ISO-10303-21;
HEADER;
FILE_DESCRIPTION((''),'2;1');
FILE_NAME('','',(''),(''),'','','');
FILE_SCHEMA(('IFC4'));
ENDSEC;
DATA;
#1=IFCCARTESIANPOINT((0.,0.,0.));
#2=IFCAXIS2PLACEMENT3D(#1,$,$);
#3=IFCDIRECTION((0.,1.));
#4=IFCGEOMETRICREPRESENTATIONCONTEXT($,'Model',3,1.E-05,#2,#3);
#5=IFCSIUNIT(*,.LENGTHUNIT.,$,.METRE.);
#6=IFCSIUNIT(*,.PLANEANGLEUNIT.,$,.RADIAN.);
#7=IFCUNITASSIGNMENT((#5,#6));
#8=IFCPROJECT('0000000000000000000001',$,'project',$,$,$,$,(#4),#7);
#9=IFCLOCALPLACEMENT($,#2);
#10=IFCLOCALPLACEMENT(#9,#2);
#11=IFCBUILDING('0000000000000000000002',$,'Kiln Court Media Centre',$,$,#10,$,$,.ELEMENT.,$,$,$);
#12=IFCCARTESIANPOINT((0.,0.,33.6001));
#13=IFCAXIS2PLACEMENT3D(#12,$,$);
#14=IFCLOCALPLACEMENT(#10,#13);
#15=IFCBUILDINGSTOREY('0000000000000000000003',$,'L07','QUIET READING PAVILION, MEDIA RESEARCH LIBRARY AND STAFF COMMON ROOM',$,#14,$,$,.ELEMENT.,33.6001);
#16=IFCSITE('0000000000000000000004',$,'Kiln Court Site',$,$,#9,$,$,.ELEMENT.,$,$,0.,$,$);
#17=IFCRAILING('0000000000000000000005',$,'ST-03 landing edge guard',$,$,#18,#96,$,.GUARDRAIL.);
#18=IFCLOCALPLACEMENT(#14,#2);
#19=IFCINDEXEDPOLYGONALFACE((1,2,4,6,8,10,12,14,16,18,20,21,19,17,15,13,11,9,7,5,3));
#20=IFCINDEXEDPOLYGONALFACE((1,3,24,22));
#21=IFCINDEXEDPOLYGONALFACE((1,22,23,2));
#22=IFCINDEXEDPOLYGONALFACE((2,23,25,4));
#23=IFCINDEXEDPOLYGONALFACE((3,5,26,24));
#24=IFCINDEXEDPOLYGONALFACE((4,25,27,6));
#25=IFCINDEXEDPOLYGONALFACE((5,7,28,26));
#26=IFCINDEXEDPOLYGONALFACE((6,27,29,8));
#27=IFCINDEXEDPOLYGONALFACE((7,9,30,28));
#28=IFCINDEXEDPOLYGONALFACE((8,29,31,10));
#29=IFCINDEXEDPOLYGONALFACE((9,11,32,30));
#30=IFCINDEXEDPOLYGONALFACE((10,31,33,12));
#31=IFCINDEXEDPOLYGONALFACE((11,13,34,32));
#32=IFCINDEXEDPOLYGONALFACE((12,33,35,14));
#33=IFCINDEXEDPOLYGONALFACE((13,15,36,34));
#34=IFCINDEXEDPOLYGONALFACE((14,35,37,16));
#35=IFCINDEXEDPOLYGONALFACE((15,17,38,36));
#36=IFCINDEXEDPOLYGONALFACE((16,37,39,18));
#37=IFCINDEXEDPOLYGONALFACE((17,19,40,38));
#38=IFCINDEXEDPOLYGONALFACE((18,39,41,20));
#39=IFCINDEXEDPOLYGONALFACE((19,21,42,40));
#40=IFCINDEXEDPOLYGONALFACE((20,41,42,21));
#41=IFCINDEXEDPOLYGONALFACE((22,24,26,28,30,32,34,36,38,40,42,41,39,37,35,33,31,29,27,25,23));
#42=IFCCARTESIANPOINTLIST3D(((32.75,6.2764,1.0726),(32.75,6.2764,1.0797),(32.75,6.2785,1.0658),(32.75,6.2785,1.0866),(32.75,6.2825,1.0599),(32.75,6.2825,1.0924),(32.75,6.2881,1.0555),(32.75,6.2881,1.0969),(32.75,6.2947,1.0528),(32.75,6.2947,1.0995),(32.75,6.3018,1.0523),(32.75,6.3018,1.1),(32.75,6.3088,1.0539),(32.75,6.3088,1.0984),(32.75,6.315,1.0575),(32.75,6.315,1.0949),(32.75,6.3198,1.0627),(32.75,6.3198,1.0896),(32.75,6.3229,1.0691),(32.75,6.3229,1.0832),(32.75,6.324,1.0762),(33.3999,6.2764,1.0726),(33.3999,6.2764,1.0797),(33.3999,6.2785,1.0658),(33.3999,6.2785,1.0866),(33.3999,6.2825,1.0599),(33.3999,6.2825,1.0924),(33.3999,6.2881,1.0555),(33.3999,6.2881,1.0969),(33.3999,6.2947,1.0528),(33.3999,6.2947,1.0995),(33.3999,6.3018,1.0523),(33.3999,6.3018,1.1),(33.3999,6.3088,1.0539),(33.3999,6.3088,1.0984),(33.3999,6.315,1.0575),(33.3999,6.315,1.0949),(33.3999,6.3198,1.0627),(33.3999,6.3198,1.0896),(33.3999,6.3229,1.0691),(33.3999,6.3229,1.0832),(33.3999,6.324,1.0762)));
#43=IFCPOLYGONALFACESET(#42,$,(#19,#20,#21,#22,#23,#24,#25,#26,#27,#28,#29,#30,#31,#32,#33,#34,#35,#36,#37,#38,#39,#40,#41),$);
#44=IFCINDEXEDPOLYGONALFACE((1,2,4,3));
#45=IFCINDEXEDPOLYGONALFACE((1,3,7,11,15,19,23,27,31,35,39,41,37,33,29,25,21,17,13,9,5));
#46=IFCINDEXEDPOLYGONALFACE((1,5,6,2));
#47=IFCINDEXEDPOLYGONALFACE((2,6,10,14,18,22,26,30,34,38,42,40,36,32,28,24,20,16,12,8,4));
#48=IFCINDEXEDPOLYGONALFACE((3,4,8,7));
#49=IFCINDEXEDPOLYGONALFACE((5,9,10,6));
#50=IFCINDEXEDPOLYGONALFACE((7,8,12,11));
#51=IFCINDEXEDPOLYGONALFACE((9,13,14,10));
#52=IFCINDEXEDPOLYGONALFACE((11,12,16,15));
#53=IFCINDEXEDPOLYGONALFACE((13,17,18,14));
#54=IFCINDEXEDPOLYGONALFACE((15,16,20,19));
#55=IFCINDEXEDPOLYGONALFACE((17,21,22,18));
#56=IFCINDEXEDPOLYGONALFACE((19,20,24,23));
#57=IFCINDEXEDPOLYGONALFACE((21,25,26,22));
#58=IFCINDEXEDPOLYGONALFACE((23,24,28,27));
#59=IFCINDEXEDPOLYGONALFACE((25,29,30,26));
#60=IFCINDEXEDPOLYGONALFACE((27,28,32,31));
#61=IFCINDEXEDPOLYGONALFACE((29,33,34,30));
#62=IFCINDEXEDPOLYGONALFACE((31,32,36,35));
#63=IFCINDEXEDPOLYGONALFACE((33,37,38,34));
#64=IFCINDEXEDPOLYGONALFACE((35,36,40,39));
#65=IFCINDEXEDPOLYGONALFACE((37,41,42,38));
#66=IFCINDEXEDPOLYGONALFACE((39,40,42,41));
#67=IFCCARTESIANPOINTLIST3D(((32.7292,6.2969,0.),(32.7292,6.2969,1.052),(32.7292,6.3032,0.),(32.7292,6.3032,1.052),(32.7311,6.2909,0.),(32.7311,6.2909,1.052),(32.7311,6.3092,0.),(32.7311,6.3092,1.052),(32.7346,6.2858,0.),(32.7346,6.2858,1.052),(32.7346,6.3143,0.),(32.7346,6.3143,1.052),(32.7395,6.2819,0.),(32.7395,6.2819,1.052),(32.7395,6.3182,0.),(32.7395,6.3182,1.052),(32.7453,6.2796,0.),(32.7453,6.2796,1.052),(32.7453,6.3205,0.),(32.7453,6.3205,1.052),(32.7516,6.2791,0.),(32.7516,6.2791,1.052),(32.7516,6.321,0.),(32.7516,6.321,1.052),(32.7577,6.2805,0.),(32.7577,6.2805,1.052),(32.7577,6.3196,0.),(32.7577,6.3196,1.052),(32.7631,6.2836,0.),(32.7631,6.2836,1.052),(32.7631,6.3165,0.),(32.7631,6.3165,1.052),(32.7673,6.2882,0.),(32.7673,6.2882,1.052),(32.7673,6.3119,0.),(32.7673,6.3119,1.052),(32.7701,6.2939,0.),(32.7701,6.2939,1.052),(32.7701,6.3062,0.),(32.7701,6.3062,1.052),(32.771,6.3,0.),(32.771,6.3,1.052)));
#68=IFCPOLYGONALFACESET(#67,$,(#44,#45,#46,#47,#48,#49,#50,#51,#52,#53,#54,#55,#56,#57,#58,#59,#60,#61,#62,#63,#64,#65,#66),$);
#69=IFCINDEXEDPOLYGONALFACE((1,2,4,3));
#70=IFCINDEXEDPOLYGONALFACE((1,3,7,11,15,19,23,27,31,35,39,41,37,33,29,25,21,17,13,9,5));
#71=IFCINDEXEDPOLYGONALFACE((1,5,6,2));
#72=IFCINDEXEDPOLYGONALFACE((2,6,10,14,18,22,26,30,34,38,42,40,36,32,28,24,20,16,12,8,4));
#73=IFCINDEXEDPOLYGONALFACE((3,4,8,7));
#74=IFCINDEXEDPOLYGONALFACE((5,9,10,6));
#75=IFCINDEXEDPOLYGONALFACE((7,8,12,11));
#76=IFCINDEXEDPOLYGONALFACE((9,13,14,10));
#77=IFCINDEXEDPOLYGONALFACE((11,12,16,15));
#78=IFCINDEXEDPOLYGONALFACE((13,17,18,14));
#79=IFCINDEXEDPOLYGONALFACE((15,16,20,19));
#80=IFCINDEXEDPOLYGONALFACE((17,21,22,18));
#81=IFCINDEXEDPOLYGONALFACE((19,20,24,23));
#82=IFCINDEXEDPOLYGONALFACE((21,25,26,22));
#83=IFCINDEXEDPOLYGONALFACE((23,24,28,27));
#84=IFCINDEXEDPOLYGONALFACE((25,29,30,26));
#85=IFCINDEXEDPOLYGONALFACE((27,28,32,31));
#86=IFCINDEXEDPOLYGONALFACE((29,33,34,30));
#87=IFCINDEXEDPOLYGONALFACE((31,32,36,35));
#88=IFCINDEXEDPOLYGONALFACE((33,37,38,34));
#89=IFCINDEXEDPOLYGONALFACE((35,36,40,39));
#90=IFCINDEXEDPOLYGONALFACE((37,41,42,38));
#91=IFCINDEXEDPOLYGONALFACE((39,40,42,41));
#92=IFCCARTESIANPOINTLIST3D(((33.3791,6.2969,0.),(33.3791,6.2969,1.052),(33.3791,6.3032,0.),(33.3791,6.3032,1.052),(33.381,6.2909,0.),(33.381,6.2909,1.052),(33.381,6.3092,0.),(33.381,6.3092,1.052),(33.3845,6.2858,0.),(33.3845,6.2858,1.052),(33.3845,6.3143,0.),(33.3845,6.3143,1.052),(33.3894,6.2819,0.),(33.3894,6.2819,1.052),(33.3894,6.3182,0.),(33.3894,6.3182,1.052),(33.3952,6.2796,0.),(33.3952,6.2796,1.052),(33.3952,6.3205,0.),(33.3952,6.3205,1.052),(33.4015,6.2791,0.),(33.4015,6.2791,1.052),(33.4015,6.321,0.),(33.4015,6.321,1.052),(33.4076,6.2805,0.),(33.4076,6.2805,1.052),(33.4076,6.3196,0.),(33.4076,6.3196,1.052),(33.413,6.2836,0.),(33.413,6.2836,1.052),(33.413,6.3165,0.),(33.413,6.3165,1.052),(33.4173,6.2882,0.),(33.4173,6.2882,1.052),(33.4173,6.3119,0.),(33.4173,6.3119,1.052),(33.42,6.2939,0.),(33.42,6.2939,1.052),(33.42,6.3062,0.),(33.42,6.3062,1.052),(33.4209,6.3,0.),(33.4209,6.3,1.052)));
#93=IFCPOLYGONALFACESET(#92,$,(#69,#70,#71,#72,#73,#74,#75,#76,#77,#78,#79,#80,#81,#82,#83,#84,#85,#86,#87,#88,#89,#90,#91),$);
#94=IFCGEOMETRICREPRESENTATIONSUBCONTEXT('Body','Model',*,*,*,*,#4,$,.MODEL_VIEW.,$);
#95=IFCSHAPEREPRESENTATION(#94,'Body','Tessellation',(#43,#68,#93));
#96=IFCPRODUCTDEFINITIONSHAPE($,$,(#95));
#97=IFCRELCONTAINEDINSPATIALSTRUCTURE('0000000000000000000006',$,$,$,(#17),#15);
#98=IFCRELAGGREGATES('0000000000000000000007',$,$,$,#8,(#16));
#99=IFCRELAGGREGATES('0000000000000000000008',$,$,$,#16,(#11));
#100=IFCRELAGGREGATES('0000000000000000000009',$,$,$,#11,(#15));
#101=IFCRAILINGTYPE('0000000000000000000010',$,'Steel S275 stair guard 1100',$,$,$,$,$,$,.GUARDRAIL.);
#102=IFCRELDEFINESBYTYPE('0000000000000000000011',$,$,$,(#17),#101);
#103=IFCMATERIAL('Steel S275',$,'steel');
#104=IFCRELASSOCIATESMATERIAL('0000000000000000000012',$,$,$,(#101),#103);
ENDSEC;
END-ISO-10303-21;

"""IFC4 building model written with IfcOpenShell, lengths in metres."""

from ifc_helpers import new_model, si_unit, direction, frame, origin, origin_2d, place, context, subcontext, project, spatial, circle, extrude, material, type_object, element, save


model = new_model("IFC4")

# Units and contexts
model_context = context("Model", 3, precision=1e-05, world=origin(), true_north=direction((0.0, 1.0)))
body_context = subcontext(model_context, "Body", "Model", "MODEL_VIEW")
ifc_project = project(units=[si_unit("LENGTHUNIT", "METRE"), si_unit("PLANEANGLEUNIT", "RADIAN")], contexts=[model_context])

# Site, building, storey
site_placement = place(None, origin())
site = spatial("IfcSite", under=ifc_project, at=site_placement, Name="Kiln Court Site", CompositionType="ELEMENT", RefElevation=0.0)
building_placement = place(site_placement, origin())
building = spatial("IfcBuilding", under=site, at=building_placement, Name="Kiln Court Media Centre", CompositionType="ELEMENT")
storey_placement = place(building_placement, frame((0.0, 0.0, 33.6001)))
storey = spatial("IfcBuildingStorey", under=building, at=storey_placement, Name="L07", Description="QUIET READING PAVILION, MEDIA RESEARCH LIBRARY AND STAFF COMMON ROOM", CompositionType="ELEMENT", Elevation=33.6001)

# Railing
ifc_material_1 = material(Name="Steel S275", Category="steel")
railing_type_1 = type_object("IfcRailingType", Name="Steel S275 stair guard 1100", PredefinedType="GUARDRAIL", material=ifc_material_1)
for number, where, name in (
    (1, (32.75, 6.3, 0.0), "ST-03 landing edge guard"),
):
    element("IfcRailing", number, at=place(storey_placement, frame(where)), inside=storey, type_object=railing_type_1, Name=name, PredefinedType="GUARDRAIL", context=body_context, shape_type="SweptSolid", body=[
        extrude(circle(Radius=0.0239, at=origin_2d()), frame((0.0, 0.0, 1.0762), z_axis=(1.0, 0.0, 0.0), x_axis=(0.0, 1.0, 0.0)), (0.0, 0.0, 1.0), 0.6499),
        extrude(circle(Radius=0.021, at=origin_2d()), origin(), (0.0, 0.0, 1.0), 1.052),
        extrude(circle(Radius=0.021, at=origin_2d()), frame((0.6499, 0.0, 0.0)), (0.0, 0.0, 1.0), 1.052),
    ])

save(model, "model.ifc")
